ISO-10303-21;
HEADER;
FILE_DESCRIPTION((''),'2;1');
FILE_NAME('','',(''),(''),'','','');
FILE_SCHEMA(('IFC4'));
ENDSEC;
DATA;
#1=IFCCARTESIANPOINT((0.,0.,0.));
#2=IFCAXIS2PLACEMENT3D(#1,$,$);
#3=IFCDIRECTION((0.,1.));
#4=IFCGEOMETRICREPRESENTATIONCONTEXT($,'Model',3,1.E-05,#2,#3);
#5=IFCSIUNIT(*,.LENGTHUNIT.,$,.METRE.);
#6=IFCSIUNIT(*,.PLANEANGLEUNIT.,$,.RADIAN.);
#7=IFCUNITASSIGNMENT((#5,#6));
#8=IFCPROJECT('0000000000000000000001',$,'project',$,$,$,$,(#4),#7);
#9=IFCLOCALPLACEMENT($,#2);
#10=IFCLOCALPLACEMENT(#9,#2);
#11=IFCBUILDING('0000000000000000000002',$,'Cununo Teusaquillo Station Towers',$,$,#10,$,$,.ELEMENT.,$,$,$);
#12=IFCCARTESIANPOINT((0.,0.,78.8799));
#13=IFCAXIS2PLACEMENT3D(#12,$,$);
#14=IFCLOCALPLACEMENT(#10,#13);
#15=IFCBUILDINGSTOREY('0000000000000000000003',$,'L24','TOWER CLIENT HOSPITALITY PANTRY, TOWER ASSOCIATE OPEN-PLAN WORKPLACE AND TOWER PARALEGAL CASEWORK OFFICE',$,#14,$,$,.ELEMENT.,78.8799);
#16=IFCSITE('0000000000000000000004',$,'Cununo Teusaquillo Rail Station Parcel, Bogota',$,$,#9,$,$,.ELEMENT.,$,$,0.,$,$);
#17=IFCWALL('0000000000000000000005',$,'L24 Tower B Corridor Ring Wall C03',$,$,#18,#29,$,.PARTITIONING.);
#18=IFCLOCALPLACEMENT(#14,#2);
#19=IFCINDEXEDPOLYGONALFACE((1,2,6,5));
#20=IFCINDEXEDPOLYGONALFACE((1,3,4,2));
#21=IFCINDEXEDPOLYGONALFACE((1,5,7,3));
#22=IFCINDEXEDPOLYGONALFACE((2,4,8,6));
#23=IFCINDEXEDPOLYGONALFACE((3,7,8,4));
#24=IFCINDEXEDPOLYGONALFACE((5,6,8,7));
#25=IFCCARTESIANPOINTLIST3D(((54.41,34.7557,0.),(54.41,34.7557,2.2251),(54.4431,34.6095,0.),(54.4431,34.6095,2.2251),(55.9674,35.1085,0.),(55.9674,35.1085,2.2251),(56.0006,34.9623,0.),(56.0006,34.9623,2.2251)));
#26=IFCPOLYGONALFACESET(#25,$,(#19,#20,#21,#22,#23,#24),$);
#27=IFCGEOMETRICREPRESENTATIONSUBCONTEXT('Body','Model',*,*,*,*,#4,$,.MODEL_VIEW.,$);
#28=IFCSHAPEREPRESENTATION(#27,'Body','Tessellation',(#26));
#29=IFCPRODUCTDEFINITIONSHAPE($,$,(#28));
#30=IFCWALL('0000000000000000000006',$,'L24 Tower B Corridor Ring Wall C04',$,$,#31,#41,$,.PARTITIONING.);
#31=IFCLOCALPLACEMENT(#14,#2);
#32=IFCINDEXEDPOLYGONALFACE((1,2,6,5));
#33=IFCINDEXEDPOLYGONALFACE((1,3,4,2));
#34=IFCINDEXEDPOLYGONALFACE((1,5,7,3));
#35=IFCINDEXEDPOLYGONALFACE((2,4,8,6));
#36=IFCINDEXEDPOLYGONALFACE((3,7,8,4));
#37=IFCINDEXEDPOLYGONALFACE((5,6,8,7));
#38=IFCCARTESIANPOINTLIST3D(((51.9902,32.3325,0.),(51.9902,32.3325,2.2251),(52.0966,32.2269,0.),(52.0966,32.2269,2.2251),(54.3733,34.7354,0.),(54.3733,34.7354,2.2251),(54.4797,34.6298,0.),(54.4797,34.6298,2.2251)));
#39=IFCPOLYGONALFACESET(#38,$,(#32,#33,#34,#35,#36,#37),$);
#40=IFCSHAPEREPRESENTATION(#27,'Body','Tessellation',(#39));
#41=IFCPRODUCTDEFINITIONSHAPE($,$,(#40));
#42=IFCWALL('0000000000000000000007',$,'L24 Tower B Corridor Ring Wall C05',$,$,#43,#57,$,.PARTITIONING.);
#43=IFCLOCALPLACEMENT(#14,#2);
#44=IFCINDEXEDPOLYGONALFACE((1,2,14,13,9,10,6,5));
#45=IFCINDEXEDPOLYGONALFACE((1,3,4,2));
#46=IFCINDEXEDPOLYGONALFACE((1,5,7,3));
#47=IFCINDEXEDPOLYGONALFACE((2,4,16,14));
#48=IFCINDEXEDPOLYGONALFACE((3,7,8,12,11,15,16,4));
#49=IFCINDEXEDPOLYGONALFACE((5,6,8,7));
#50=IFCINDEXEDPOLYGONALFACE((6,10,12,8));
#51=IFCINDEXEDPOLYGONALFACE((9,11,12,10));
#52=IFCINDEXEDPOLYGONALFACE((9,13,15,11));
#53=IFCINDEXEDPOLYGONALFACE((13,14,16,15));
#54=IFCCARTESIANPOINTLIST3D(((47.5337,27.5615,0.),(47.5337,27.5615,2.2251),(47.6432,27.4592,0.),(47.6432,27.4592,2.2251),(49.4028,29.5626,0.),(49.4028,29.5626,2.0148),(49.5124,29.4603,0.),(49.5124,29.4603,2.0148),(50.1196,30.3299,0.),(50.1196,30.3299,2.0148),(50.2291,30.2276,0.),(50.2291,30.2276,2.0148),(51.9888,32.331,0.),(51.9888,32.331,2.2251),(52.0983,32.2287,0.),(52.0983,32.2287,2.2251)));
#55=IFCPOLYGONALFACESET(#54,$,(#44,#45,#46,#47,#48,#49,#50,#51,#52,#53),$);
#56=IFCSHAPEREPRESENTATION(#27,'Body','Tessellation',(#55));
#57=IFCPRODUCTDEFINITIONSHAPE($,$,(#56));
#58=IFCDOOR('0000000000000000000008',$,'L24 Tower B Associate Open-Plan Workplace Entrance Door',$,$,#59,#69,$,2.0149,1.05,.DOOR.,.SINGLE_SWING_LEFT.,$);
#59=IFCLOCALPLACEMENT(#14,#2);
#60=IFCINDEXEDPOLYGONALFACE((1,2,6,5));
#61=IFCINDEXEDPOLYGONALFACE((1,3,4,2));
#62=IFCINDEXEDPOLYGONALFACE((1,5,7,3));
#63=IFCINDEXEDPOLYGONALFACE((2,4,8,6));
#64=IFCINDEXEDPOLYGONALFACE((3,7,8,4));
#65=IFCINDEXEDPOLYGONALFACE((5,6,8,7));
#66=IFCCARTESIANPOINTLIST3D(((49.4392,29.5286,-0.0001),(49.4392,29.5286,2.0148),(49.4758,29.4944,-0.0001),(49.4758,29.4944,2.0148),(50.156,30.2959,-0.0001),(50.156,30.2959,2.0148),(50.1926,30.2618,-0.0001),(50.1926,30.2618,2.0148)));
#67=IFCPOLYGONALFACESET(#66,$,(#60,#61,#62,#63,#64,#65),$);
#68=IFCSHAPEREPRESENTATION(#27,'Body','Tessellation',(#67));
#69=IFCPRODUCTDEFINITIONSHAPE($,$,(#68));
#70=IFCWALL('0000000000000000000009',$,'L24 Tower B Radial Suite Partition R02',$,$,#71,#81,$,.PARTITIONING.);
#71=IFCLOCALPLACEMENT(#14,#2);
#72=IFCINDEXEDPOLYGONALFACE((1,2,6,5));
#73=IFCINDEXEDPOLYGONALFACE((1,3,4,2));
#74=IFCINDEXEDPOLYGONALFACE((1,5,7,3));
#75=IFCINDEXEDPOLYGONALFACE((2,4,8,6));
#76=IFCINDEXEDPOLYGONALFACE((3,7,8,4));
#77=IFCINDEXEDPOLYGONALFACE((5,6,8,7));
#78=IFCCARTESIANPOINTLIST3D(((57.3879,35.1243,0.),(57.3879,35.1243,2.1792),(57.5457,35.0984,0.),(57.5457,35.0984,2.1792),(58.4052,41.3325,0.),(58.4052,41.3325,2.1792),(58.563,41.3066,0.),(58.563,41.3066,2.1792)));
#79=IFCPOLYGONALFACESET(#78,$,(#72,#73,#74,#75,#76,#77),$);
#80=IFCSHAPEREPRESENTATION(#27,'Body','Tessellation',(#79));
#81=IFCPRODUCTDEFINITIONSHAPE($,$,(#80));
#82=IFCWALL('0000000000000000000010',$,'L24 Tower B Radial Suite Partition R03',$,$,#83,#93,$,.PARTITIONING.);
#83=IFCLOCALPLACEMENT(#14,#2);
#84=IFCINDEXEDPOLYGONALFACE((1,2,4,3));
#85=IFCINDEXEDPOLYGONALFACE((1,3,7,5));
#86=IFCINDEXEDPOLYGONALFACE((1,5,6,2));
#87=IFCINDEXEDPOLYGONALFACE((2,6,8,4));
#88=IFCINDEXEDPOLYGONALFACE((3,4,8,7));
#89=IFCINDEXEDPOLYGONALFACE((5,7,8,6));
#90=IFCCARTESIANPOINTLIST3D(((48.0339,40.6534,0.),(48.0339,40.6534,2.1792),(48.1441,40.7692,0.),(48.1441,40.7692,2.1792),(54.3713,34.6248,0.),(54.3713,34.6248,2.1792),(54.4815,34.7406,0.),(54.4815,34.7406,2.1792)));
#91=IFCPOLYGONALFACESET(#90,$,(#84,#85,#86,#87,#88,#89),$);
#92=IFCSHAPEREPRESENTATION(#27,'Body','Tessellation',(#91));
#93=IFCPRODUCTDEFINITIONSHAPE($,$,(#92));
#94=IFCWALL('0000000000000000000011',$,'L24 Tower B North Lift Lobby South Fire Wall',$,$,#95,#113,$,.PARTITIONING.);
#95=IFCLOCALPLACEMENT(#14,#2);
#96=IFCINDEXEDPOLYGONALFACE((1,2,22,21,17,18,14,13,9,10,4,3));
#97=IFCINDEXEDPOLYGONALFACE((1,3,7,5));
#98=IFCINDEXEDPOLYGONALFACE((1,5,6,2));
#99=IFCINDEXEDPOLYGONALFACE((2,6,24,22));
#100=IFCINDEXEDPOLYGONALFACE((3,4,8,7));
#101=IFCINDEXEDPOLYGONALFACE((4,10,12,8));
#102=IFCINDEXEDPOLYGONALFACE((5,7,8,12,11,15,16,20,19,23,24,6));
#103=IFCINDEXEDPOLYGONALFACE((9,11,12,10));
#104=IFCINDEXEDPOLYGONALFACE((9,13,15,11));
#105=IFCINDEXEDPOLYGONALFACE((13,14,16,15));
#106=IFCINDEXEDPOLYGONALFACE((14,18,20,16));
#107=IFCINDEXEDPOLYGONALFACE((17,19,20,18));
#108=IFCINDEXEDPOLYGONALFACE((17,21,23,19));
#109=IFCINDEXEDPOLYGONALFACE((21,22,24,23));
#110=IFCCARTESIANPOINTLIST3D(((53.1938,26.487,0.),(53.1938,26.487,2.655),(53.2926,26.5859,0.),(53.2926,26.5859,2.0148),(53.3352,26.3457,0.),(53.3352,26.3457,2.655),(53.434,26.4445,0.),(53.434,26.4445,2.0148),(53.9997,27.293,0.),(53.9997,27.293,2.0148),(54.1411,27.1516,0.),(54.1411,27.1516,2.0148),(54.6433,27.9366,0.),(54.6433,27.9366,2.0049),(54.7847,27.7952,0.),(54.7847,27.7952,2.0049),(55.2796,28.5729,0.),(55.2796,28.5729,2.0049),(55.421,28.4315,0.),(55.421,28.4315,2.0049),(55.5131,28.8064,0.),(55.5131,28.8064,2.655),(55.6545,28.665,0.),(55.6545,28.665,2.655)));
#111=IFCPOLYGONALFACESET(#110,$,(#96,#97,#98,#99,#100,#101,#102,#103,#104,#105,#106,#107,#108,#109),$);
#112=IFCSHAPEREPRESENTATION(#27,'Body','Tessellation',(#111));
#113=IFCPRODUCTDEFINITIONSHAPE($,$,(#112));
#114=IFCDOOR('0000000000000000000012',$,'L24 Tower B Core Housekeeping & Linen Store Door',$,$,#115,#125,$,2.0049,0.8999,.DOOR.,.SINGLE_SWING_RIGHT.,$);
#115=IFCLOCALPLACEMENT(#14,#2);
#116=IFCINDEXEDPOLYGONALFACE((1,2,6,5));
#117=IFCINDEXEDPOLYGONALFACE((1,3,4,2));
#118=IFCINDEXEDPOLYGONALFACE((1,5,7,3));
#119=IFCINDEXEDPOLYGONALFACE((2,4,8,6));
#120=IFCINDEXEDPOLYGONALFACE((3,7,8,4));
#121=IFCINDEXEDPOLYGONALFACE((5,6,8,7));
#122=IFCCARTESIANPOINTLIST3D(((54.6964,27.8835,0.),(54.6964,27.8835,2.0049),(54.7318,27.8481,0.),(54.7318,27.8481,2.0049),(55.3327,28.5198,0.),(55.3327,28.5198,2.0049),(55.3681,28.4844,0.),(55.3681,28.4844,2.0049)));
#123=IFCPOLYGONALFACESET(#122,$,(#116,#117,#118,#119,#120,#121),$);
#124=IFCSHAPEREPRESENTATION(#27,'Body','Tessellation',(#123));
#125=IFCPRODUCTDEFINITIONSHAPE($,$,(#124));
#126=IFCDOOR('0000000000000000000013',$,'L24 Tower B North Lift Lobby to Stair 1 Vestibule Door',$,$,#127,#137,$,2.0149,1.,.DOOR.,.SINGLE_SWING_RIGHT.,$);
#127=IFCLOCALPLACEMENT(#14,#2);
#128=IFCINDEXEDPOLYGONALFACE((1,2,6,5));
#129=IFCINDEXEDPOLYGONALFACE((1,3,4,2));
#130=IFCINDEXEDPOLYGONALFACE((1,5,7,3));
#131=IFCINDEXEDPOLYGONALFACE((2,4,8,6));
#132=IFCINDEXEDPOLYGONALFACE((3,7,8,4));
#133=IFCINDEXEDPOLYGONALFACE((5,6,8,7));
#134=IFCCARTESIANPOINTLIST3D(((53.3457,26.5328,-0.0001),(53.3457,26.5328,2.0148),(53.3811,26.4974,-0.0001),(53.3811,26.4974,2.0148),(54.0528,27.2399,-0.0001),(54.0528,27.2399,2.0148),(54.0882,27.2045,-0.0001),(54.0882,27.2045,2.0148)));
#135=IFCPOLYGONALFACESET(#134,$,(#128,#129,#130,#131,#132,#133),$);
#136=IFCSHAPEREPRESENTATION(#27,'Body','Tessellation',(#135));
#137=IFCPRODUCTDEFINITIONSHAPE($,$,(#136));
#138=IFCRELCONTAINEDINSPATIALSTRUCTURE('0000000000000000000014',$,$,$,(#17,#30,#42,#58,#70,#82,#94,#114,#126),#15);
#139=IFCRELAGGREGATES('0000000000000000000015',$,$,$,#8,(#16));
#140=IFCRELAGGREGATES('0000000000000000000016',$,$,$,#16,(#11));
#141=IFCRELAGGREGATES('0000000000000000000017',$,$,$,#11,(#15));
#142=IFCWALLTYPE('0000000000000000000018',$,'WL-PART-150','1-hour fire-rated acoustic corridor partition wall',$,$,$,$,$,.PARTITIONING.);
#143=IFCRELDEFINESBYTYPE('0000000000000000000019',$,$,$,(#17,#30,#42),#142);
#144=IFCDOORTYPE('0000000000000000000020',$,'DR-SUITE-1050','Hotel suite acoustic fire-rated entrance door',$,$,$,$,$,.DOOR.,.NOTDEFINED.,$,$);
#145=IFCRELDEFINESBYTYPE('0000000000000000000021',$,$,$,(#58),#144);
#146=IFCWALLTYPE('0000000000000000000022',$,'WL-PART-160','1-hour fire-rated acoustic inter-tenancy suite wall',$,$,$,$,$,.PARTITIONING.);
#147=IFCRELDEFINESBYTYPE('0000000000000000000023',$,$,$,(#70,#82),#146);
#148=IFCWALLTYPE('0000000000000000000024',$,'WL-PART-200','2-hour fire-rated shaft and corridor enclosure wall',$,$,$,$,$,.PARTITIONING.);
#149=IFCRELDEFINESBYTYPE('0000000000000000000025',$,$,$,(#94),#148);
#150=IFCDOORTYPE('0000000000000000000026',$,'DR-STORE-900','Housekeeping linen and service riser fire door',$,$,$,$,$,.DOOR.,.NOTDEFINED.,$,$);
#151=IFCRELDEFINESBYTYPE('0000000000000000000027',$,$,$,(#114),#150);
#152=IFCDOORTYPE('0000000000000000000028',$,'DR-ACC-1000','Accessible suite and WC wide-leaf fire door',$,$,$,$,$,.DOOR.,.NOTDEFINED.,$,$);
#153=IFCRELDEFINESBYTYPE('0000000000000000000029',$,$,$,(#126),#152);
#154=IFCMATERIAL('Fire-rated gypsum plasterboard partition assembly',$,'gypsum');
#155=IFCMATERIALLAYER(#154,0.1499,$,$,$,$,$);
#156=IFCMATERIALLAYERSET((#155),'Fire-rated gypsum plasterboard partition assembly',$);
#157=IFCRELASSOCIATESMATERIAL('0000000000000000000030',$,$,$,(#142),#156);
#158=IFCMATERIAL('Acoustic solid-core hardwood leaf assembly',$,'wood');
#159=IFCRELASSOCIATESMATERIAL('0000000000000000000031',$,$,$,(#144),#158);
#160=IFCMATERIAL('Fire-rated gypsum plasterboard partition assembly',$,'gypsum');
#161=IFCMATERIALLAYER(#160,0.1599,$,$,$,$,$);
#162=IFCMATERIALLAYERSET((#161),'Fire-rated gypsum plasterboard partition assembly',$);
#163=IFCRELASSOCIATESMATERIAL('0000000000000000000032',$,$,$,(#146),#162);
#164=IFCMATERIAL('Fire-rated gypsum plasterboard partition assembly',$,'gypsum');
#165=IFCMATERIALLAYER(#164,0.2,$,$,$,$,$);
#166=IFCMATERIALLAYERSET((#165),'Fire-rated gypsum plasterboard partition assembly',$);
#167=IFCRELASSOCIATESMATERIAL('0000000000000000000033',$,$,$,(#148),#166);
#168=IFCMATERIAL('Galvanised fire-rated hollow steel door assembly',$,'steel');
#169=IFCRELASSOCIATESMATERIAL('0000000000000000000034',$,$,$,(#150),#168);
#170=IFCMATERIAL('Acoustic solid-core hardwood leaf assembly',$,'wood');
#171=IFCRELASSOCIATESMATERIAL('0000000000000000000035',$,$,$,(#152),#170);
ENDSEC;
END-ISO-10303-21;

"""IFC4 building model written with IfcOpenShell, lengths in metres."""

from ifc_helpers import new_model, si_unit, direction, frame, frame_2d, origin, place, context, subcontext, project, spatial, rectangle, extrude, source, transform, mapped, material, layer, layer_set, type_object, element, fill, save


model = new_model("IFC4")

# Units and contexts
model_context = context("Model", 3, precision=1e-05, world=origin(), true_north=direction((0.0, 1.0)))
body_context = subcontext(model_context, "Body", "Model", "MODEL_VIEW")
ifc_project = project(units=[si_unit("LENGTHUNIT", "METRE"), si_unit("PLANEANGLEUNIT", "RADIAN")], contexts=[model_context])

# Site, building, storey
site_placement = place(None, origin())
site = spatial("IfcSite", under=ifc_project, at=site_placement, Name="Cununo Teusaquillo Rail Station Parcel, Bogota", CompositionType="ELEMENT", RefElevation=0.0)
building_placement = place(site_placement, origin())
building = spatial("IfcBuilding", under=site, at=building_placement, Name="Cununo Teusaquillo Station Towers", CompositionType="ELEMENT")
storey_placement = place(building_placement, frame((0.0, 0.0, 78.8799)))
storey = spatial("IfcBuildingStorey", under=building, at=storey_placement, Name="L24", Description="TOWER CLIENT HOSPITALITY PANTRY, TOWER ASSOCIATE OPEN-PLAN WORKPLACE AND TOWER PARALEGAL CASEWORK OFFICE", CompositionType="ELEMENT", Elevation=78.8799)

# Shared definitions
shared_shape_1 = source(origin(), body_context, "Body", "SweptSolid", [
    extrude(rectangle(XDim=0.8999, YDim=2.0049, at=frame_2d((0.45, 1.0024))), frame((0.0, 0.0249, 0.0), z_axis=(0.0, -1.0, 0.0), x_axis=(1.0, 0.0, 0.0)), (0.0, 0.0, 1.0), 0.05),
])
ifc_material_1 = material(Name="Fire-rated gypsum plasterboard partition assembly", Category="gypsum")
ifc_layer_1 = layer(ifc_material_1, 0.1499)
ifc_layer_set_1 = layer_set([ifc_layer_1], Name="Fire-rated gypsum plasterboard partition assembly")
wall_type_1 = type_object("IfcWallType", Name="WL-PART-150", Description="1-hour fire-rated acoustic corridor partition wall", PredefinedType="PARTITIONING", material=ifc_layer_set_1)
shared_shape_2 = source(origin(), body_context, "Body", "SweptSolid", [
    extrude(rectangle(XDim=1.05, YDim=2.0149, at=frame_2d((0.5249, 1.0073))), frame((0.0, 0.085, 0.0), z_axis=(0.0, -1.0, 0.0), x_axis=(1.0, 0.0, 0.0)), (0.0, 0.0, 1.0), 0.1699),
])
ifc_material_2 = material(Name="Acoustic solid-core hardwood leaf assembly", Category="wood")
door_type_1 = type_object("IfcDoorType", Name="DR-SUITE-1050", Description="Hotel suite acoustic fire-rated entrance door", OperationType="NOTDEFINED", PredefinedType="DOOR", material=ifc_material_2)
shared_shape_3 = source(origin(), body_context, "Body", "SweptSolid", [
    extrude(rectangle(XDim=1.05, YDim=2.0149, at=frame_2d((0.5249, 1.0073))), frame((0.0, 0.0249, 0.0), z_axis=(0.0, -1.0, 0.0), x_axis=(1.0, 0.0, 0.0)), (0.0, 0.0, 1.0), 0.05),
])

# Walls
wall_1_placement = place(storey_placement, frame((55.9839, 35.0354, 0.0), z_axis=(0.0, 0.0, 1.0), x_axis=(-0.97529, -0.220927, 0.0)))
element("IfcWall", 1, at=wall_1_placement, inside=storey, type_object=wall_type_1, Name="L24 Tower B Corridor Ring Wall C03", PredefinedType="PARTITIONING", context=body_context, shape_type="SweptSolid", body=[
    extrude(rectangle(XDim=1.5969, YDim=0.1499, at=frame_2d((0.7983, 0.0))), origin(), (0.0, 0.0, 1.0), 2.2251),
])
wall_2_placement = place(storey_placement, frame((54.4265, 34.6826, 0.0), z_axis=(0.0, 0.0, 1.0), x_axis=(-0.704179, -0.710022, 0.0)))
element("IfcWall", 2, at=wall_2_placement, inside=storey, type_object=wall_type_1, Name="L24 Tower B Corridor Ring Wall C04", PredefinedType="PARTITIONING", context=body_context, shape_type="SweptSolid", body=[
    extrude(rectangle(XDim=3.3843, YDim=0.1499, at=frame_2d((1.6921, 0.0))), origin(), (0.0, 0.0, 1.0), 2.2251),
])

# Wall, opening, door
wall_3_placement = place(storey_placement, frame((52.0435, 32.2798, 0.0), z_axis=(0.0, 0.0, 1.0), x_axis=(-0.682606, -0.730787, 0.0)))
wall_3 = element("IfcWall", 3, at=wall_3_placement, inside=storey, type_object=wall_type_1, Name="L24 Tower B Corridor Ring Wall C05", PredefinedType="PARTITIONING", context=body_context, shape_type="SweptSolid", body=[
    extrude(rectangle(XDim=6.5266, YDim=0.1499, at=frame_2d((3.2632, 0.0))), origin(), (0.0, 0.0, 1.0), 2.2251),
])
opening_1_placement = place(wall_3_placement, frame((2.7383, 0.0, 0.0)))
opening_1 = element("IfcOpeningElement", 4, at=opening_1_placement, cuts=wall_3, PredefinedType="OPENING", context=body_context, shape_type="MappedRepresentation", body=[
    mapped(shared_shape_2, transform((0.0, 0.0, 0.0), x_axis=(1.0, 0.0, 0.0), y_axis=(0.0, 1.0, 0.0), z_axis=(0.0, 0.0, 1.0), scale=1.0)),
])
door_1_placement = place(opening_1_placement, origin())
door_1 = element("IfcDoor", 5, at=door_1_placement, inside=storey, type_object=door_type_1, Name="L24 Tower B Associate Open-Plan Workplace Entrance Door", OperationType="SINGLE_SWING_LEFT", OverallHeight=2.0149, OverallWidth=1.05, PredefinedType="DOOR", context=body_context, shape_type="MappedRepresentation", body=[
    mapped(shared_shape_3, transform((0.0, 0.0, 0.0), x_axis=(1.0, 0.0, 0.0), y_axis=(0.0, 1.0, 0.0), z_axis=(0.0, 0.0, 1.0), scale=1.0)),
])
fill(opening_1, door_1)

# Walls
ifc_material_3 = material(Name="Fire-rated gypsum plasterboard partition assembly", Category="gypsum")
ifc_layer_2 = layer(ifc_material_3, 0.1599)
ifc_layer_set_2 = layer_set([ifc_layer_2], Name="Fire-rated gypsum plasterboard partition assembly")
wall_type_2 = type_object("IfcWallType", Name="WL-PART-160", Description="1-hour fire-rated acoustic inter-tenancy suite wall", PredefinedType="PARTITIONING", material=ifc_layer_set_2)
wall_4_placement = place(storey_placement, frame((57.4668, 35.1113, 0.0), z_axis=(0.0, 0.0, 1.0), x_axis=(0.161711, 0.986838, 0.0)))
element("IfcWall", 6, at=wall_4_placement, inside=storey, type_object=wall_type_2, Name="L24 Tower B Radial Suite Partition R02", PredefinedType="PARTITIONING", context=body_context, shape_type="SweptSolid", body=[
    extrude(rectangle(XDim=6.291, YDim=0.1599, at=frame_2d((3.1455, 0.0))), origin(), (0.0, 0.0, 1.0), 2.1792),
])
wall_5_placement = place(storey_placement, frame((54.4265, 34.6826, 0.0), z_axis=(0.0, 0.0, 1.0), x_axis=(-0.724541, 0.689232, 0.0)))
element("IfcWall", 7, at=wall_5_placement, inside=storey, type_object=wall_type_2, Name="L24 Tower B Radial Suite Partition R03", PredefinedType="PARTITIONING", context=body_context, shape_type="SweptSolid", body=[
    extrude(rectangle(XDim=8.7468, YDim=0.1599, at=frame_2d((4.3735, 0.0))), origin(), (0.0, 0.0, 1.0), 2.1792),
])

# Wall, openings, doors
ifc_material_4 = material(Name="Fire-rated gypsum plasterboard partition assembly", Category="gypsum")
ifc_layer_3 = layer(ifc_material_4, 0.2)
ifc_layer_set_3 = layer_set([ifc_layer_3], Name="Fire-rated gypsum plasterboard partition assembly")
wall_type_3 = type_object("IfcWallType", Name="WL-PART-200", Description="2-hour fire-rated shaft and corridor enclosure wall", PredefinedType="PARTITIONING", material=ifc_layer_set_3)
wall_6_placement = place(storey_placement, frame((53.2644, 26.4163, 0.0), z_axis=(0.0, 0.0, 1.0), x_axis=(0.707107, 0.707107, 0.0)))
wall_6 = element("IfcWall", 8, at=wall_6_placement, inside=storey, type_object=wall_type_3, Name="L24 Tower B North Lift Lobby South Fire Wall", PredefinedType="PARTITIONING", context=body_context, shape_type="SweptSolid", body=[
    extrude(rectangle(XDim=3.28, YDim=0.2, at=frame_2d((1.6401, 0.0))), origin(), (0.0, 0.0, 1.0), 2.655),
])
shared_shape_4 = source(origin(), body_context, "Body", "SweptSolid", [
    extrude(rectangle(XDim=1.0, YDim=2.0149, at=frame_2d((0.5, 1.0073))), frame((0.0, 0.1099, 0.0), z_axis=(0.0, -1.0, 0.0), x_axis=(1.0, 0.0, 0.0)), (0.0, 0.0, 1.0), 0.22),
])
opening_2_placement = place(wall_6_placement, frame((0.1399, 0.0, 0.0)))
opening_2 = element("IfcOpeningElement", 9, at=opening_2_placement, cuts=wall_6, PredefinedType="OPENING", context=body_context, shape_type="MappedRepresentation", body=[
    mapped(shared_shape_4, transform((0.0, 0.0, 0.0), x_axis=(1.0, 0.0, 0.0), y_axis=(0.0, 1.0, 0.0), z_axis=(0.0, 0.0, 1.0), scale=1.0)),
])
shared_shape_5 = source(origin(), body_context, "Body", "SweptSolid", [
    extrude(rectangle(XDim=0.8999, YDim=2.0049, at=frame_2d((0.45, 1.0024))), frame((0.0, 0.1099, 0.0), z_axis=(0.0, -1.0, 0.0), x_axis=(1.0, 0.0, 0.0)), (0.0, 0.0, 1.0), 0.22),
])
opening_3_placement = place(wall_6_placement, frame((2.05, 0.0, 0.0)))
opening_3 = element("IfcOpeningElement", 10, at=opening_3_placement, cuts=wall_6, PredefinedType="OPENING", context=body_context, shape_type="MappedRepresentation", body=[
    mapped(shared_shape_5, transform((0.0, 0.0, 0.0), x_axis=(1.0, 0.0, 0.0), y_axis=(0.0, 1.0, 0.0), z_axis=(0.0, 0.0, 1.0), scale=1.0)),
])
ifc_material_5 = material(Name="Galvanised fire-rated hollow steel door assembly", Category="steel")
door_type_2 = type_object("IfcDoorType", Name="DR-STORE-900", Description="Housekeeping linen and service riser fire door", OperationType="NOTDEFINED", PredefinedType="DOOR", material=ifc_material_5)
door_2_placement = place(opening_3_placement, origin())
door_2 = element("IfcDoor", 11, at=door_2_placement, inside=storey, type_object=door_type_2, Name="L24 Tower B Core Housekeeping & Linen Store Door", OperationType="SINGLE_SWING_RIGHT", OverallHeight=2.0049, OverallWidth=0.8999, PredefinedType="DOOR", context=body_context, shape_type="MappedRepresentation", body=[
    mapped(shared_shape_1, transform((0.0, 0.0, 0.0), x_axis=(1.0, 0.0, 0.0), y_axis=(0.0, 1.0, 0.0), z_axis=(0.0, 0.0, 1.0), scale=1.0)),
])
fill(opening_3, door_2)
ifc_material_6 = material(Name="Acoustic solid-core hardwood leaf assembly", Category="wood")
door_type_3 = type_object("IfcDoorType", Name="DR-ACC-1000", Description="Accessible suite and WC wide-leaf fire door", OperationType="NOTDEFINED", PredefinedType="DOOR", material=ifc_material_6)
shared_shape_6 = source(origin(), body_context, "Body", "SweptSolid", [
    extrude(rectangle(XDim=1.0, YDim=2.0149, at=frame_2d((0.5, 1.0073))), frame((0.0, 0.0249, 0.0), z_axis=(0.0, -1.0, 0.0), x_axis=(1.0, 0.0, 0.0)), (0.0, 0.0, 1.0), 0.05),
])
door_3_placement = place(opening_2_placement, origin())
door_3 = element("IfcDoor", 12, at=door_3_placement, inside=storey, type_object=door_type_3, Name="L24 Tower B North Lift Lobby to Stair 1 Vestibule Door", OperationType="SINGLE_SWING_RIGHT", OverallHeight=2.0149, OverallWidth=1.0, PredefinedType="DOOR", context=body_context, shape_type="MappedRepresentation", body=[
    mapped(shared_shape_6, transform((0.0, 0.0, 0.0), x_axis=(1.0, 0.0, 0.0), y_axis=(0.0, 1.0, 0.0), z_axis=(0.0, 0.0, 1.0), scale=1.0)),
])
fill(opening_2, door_3)

save(model, "model.ifc")
